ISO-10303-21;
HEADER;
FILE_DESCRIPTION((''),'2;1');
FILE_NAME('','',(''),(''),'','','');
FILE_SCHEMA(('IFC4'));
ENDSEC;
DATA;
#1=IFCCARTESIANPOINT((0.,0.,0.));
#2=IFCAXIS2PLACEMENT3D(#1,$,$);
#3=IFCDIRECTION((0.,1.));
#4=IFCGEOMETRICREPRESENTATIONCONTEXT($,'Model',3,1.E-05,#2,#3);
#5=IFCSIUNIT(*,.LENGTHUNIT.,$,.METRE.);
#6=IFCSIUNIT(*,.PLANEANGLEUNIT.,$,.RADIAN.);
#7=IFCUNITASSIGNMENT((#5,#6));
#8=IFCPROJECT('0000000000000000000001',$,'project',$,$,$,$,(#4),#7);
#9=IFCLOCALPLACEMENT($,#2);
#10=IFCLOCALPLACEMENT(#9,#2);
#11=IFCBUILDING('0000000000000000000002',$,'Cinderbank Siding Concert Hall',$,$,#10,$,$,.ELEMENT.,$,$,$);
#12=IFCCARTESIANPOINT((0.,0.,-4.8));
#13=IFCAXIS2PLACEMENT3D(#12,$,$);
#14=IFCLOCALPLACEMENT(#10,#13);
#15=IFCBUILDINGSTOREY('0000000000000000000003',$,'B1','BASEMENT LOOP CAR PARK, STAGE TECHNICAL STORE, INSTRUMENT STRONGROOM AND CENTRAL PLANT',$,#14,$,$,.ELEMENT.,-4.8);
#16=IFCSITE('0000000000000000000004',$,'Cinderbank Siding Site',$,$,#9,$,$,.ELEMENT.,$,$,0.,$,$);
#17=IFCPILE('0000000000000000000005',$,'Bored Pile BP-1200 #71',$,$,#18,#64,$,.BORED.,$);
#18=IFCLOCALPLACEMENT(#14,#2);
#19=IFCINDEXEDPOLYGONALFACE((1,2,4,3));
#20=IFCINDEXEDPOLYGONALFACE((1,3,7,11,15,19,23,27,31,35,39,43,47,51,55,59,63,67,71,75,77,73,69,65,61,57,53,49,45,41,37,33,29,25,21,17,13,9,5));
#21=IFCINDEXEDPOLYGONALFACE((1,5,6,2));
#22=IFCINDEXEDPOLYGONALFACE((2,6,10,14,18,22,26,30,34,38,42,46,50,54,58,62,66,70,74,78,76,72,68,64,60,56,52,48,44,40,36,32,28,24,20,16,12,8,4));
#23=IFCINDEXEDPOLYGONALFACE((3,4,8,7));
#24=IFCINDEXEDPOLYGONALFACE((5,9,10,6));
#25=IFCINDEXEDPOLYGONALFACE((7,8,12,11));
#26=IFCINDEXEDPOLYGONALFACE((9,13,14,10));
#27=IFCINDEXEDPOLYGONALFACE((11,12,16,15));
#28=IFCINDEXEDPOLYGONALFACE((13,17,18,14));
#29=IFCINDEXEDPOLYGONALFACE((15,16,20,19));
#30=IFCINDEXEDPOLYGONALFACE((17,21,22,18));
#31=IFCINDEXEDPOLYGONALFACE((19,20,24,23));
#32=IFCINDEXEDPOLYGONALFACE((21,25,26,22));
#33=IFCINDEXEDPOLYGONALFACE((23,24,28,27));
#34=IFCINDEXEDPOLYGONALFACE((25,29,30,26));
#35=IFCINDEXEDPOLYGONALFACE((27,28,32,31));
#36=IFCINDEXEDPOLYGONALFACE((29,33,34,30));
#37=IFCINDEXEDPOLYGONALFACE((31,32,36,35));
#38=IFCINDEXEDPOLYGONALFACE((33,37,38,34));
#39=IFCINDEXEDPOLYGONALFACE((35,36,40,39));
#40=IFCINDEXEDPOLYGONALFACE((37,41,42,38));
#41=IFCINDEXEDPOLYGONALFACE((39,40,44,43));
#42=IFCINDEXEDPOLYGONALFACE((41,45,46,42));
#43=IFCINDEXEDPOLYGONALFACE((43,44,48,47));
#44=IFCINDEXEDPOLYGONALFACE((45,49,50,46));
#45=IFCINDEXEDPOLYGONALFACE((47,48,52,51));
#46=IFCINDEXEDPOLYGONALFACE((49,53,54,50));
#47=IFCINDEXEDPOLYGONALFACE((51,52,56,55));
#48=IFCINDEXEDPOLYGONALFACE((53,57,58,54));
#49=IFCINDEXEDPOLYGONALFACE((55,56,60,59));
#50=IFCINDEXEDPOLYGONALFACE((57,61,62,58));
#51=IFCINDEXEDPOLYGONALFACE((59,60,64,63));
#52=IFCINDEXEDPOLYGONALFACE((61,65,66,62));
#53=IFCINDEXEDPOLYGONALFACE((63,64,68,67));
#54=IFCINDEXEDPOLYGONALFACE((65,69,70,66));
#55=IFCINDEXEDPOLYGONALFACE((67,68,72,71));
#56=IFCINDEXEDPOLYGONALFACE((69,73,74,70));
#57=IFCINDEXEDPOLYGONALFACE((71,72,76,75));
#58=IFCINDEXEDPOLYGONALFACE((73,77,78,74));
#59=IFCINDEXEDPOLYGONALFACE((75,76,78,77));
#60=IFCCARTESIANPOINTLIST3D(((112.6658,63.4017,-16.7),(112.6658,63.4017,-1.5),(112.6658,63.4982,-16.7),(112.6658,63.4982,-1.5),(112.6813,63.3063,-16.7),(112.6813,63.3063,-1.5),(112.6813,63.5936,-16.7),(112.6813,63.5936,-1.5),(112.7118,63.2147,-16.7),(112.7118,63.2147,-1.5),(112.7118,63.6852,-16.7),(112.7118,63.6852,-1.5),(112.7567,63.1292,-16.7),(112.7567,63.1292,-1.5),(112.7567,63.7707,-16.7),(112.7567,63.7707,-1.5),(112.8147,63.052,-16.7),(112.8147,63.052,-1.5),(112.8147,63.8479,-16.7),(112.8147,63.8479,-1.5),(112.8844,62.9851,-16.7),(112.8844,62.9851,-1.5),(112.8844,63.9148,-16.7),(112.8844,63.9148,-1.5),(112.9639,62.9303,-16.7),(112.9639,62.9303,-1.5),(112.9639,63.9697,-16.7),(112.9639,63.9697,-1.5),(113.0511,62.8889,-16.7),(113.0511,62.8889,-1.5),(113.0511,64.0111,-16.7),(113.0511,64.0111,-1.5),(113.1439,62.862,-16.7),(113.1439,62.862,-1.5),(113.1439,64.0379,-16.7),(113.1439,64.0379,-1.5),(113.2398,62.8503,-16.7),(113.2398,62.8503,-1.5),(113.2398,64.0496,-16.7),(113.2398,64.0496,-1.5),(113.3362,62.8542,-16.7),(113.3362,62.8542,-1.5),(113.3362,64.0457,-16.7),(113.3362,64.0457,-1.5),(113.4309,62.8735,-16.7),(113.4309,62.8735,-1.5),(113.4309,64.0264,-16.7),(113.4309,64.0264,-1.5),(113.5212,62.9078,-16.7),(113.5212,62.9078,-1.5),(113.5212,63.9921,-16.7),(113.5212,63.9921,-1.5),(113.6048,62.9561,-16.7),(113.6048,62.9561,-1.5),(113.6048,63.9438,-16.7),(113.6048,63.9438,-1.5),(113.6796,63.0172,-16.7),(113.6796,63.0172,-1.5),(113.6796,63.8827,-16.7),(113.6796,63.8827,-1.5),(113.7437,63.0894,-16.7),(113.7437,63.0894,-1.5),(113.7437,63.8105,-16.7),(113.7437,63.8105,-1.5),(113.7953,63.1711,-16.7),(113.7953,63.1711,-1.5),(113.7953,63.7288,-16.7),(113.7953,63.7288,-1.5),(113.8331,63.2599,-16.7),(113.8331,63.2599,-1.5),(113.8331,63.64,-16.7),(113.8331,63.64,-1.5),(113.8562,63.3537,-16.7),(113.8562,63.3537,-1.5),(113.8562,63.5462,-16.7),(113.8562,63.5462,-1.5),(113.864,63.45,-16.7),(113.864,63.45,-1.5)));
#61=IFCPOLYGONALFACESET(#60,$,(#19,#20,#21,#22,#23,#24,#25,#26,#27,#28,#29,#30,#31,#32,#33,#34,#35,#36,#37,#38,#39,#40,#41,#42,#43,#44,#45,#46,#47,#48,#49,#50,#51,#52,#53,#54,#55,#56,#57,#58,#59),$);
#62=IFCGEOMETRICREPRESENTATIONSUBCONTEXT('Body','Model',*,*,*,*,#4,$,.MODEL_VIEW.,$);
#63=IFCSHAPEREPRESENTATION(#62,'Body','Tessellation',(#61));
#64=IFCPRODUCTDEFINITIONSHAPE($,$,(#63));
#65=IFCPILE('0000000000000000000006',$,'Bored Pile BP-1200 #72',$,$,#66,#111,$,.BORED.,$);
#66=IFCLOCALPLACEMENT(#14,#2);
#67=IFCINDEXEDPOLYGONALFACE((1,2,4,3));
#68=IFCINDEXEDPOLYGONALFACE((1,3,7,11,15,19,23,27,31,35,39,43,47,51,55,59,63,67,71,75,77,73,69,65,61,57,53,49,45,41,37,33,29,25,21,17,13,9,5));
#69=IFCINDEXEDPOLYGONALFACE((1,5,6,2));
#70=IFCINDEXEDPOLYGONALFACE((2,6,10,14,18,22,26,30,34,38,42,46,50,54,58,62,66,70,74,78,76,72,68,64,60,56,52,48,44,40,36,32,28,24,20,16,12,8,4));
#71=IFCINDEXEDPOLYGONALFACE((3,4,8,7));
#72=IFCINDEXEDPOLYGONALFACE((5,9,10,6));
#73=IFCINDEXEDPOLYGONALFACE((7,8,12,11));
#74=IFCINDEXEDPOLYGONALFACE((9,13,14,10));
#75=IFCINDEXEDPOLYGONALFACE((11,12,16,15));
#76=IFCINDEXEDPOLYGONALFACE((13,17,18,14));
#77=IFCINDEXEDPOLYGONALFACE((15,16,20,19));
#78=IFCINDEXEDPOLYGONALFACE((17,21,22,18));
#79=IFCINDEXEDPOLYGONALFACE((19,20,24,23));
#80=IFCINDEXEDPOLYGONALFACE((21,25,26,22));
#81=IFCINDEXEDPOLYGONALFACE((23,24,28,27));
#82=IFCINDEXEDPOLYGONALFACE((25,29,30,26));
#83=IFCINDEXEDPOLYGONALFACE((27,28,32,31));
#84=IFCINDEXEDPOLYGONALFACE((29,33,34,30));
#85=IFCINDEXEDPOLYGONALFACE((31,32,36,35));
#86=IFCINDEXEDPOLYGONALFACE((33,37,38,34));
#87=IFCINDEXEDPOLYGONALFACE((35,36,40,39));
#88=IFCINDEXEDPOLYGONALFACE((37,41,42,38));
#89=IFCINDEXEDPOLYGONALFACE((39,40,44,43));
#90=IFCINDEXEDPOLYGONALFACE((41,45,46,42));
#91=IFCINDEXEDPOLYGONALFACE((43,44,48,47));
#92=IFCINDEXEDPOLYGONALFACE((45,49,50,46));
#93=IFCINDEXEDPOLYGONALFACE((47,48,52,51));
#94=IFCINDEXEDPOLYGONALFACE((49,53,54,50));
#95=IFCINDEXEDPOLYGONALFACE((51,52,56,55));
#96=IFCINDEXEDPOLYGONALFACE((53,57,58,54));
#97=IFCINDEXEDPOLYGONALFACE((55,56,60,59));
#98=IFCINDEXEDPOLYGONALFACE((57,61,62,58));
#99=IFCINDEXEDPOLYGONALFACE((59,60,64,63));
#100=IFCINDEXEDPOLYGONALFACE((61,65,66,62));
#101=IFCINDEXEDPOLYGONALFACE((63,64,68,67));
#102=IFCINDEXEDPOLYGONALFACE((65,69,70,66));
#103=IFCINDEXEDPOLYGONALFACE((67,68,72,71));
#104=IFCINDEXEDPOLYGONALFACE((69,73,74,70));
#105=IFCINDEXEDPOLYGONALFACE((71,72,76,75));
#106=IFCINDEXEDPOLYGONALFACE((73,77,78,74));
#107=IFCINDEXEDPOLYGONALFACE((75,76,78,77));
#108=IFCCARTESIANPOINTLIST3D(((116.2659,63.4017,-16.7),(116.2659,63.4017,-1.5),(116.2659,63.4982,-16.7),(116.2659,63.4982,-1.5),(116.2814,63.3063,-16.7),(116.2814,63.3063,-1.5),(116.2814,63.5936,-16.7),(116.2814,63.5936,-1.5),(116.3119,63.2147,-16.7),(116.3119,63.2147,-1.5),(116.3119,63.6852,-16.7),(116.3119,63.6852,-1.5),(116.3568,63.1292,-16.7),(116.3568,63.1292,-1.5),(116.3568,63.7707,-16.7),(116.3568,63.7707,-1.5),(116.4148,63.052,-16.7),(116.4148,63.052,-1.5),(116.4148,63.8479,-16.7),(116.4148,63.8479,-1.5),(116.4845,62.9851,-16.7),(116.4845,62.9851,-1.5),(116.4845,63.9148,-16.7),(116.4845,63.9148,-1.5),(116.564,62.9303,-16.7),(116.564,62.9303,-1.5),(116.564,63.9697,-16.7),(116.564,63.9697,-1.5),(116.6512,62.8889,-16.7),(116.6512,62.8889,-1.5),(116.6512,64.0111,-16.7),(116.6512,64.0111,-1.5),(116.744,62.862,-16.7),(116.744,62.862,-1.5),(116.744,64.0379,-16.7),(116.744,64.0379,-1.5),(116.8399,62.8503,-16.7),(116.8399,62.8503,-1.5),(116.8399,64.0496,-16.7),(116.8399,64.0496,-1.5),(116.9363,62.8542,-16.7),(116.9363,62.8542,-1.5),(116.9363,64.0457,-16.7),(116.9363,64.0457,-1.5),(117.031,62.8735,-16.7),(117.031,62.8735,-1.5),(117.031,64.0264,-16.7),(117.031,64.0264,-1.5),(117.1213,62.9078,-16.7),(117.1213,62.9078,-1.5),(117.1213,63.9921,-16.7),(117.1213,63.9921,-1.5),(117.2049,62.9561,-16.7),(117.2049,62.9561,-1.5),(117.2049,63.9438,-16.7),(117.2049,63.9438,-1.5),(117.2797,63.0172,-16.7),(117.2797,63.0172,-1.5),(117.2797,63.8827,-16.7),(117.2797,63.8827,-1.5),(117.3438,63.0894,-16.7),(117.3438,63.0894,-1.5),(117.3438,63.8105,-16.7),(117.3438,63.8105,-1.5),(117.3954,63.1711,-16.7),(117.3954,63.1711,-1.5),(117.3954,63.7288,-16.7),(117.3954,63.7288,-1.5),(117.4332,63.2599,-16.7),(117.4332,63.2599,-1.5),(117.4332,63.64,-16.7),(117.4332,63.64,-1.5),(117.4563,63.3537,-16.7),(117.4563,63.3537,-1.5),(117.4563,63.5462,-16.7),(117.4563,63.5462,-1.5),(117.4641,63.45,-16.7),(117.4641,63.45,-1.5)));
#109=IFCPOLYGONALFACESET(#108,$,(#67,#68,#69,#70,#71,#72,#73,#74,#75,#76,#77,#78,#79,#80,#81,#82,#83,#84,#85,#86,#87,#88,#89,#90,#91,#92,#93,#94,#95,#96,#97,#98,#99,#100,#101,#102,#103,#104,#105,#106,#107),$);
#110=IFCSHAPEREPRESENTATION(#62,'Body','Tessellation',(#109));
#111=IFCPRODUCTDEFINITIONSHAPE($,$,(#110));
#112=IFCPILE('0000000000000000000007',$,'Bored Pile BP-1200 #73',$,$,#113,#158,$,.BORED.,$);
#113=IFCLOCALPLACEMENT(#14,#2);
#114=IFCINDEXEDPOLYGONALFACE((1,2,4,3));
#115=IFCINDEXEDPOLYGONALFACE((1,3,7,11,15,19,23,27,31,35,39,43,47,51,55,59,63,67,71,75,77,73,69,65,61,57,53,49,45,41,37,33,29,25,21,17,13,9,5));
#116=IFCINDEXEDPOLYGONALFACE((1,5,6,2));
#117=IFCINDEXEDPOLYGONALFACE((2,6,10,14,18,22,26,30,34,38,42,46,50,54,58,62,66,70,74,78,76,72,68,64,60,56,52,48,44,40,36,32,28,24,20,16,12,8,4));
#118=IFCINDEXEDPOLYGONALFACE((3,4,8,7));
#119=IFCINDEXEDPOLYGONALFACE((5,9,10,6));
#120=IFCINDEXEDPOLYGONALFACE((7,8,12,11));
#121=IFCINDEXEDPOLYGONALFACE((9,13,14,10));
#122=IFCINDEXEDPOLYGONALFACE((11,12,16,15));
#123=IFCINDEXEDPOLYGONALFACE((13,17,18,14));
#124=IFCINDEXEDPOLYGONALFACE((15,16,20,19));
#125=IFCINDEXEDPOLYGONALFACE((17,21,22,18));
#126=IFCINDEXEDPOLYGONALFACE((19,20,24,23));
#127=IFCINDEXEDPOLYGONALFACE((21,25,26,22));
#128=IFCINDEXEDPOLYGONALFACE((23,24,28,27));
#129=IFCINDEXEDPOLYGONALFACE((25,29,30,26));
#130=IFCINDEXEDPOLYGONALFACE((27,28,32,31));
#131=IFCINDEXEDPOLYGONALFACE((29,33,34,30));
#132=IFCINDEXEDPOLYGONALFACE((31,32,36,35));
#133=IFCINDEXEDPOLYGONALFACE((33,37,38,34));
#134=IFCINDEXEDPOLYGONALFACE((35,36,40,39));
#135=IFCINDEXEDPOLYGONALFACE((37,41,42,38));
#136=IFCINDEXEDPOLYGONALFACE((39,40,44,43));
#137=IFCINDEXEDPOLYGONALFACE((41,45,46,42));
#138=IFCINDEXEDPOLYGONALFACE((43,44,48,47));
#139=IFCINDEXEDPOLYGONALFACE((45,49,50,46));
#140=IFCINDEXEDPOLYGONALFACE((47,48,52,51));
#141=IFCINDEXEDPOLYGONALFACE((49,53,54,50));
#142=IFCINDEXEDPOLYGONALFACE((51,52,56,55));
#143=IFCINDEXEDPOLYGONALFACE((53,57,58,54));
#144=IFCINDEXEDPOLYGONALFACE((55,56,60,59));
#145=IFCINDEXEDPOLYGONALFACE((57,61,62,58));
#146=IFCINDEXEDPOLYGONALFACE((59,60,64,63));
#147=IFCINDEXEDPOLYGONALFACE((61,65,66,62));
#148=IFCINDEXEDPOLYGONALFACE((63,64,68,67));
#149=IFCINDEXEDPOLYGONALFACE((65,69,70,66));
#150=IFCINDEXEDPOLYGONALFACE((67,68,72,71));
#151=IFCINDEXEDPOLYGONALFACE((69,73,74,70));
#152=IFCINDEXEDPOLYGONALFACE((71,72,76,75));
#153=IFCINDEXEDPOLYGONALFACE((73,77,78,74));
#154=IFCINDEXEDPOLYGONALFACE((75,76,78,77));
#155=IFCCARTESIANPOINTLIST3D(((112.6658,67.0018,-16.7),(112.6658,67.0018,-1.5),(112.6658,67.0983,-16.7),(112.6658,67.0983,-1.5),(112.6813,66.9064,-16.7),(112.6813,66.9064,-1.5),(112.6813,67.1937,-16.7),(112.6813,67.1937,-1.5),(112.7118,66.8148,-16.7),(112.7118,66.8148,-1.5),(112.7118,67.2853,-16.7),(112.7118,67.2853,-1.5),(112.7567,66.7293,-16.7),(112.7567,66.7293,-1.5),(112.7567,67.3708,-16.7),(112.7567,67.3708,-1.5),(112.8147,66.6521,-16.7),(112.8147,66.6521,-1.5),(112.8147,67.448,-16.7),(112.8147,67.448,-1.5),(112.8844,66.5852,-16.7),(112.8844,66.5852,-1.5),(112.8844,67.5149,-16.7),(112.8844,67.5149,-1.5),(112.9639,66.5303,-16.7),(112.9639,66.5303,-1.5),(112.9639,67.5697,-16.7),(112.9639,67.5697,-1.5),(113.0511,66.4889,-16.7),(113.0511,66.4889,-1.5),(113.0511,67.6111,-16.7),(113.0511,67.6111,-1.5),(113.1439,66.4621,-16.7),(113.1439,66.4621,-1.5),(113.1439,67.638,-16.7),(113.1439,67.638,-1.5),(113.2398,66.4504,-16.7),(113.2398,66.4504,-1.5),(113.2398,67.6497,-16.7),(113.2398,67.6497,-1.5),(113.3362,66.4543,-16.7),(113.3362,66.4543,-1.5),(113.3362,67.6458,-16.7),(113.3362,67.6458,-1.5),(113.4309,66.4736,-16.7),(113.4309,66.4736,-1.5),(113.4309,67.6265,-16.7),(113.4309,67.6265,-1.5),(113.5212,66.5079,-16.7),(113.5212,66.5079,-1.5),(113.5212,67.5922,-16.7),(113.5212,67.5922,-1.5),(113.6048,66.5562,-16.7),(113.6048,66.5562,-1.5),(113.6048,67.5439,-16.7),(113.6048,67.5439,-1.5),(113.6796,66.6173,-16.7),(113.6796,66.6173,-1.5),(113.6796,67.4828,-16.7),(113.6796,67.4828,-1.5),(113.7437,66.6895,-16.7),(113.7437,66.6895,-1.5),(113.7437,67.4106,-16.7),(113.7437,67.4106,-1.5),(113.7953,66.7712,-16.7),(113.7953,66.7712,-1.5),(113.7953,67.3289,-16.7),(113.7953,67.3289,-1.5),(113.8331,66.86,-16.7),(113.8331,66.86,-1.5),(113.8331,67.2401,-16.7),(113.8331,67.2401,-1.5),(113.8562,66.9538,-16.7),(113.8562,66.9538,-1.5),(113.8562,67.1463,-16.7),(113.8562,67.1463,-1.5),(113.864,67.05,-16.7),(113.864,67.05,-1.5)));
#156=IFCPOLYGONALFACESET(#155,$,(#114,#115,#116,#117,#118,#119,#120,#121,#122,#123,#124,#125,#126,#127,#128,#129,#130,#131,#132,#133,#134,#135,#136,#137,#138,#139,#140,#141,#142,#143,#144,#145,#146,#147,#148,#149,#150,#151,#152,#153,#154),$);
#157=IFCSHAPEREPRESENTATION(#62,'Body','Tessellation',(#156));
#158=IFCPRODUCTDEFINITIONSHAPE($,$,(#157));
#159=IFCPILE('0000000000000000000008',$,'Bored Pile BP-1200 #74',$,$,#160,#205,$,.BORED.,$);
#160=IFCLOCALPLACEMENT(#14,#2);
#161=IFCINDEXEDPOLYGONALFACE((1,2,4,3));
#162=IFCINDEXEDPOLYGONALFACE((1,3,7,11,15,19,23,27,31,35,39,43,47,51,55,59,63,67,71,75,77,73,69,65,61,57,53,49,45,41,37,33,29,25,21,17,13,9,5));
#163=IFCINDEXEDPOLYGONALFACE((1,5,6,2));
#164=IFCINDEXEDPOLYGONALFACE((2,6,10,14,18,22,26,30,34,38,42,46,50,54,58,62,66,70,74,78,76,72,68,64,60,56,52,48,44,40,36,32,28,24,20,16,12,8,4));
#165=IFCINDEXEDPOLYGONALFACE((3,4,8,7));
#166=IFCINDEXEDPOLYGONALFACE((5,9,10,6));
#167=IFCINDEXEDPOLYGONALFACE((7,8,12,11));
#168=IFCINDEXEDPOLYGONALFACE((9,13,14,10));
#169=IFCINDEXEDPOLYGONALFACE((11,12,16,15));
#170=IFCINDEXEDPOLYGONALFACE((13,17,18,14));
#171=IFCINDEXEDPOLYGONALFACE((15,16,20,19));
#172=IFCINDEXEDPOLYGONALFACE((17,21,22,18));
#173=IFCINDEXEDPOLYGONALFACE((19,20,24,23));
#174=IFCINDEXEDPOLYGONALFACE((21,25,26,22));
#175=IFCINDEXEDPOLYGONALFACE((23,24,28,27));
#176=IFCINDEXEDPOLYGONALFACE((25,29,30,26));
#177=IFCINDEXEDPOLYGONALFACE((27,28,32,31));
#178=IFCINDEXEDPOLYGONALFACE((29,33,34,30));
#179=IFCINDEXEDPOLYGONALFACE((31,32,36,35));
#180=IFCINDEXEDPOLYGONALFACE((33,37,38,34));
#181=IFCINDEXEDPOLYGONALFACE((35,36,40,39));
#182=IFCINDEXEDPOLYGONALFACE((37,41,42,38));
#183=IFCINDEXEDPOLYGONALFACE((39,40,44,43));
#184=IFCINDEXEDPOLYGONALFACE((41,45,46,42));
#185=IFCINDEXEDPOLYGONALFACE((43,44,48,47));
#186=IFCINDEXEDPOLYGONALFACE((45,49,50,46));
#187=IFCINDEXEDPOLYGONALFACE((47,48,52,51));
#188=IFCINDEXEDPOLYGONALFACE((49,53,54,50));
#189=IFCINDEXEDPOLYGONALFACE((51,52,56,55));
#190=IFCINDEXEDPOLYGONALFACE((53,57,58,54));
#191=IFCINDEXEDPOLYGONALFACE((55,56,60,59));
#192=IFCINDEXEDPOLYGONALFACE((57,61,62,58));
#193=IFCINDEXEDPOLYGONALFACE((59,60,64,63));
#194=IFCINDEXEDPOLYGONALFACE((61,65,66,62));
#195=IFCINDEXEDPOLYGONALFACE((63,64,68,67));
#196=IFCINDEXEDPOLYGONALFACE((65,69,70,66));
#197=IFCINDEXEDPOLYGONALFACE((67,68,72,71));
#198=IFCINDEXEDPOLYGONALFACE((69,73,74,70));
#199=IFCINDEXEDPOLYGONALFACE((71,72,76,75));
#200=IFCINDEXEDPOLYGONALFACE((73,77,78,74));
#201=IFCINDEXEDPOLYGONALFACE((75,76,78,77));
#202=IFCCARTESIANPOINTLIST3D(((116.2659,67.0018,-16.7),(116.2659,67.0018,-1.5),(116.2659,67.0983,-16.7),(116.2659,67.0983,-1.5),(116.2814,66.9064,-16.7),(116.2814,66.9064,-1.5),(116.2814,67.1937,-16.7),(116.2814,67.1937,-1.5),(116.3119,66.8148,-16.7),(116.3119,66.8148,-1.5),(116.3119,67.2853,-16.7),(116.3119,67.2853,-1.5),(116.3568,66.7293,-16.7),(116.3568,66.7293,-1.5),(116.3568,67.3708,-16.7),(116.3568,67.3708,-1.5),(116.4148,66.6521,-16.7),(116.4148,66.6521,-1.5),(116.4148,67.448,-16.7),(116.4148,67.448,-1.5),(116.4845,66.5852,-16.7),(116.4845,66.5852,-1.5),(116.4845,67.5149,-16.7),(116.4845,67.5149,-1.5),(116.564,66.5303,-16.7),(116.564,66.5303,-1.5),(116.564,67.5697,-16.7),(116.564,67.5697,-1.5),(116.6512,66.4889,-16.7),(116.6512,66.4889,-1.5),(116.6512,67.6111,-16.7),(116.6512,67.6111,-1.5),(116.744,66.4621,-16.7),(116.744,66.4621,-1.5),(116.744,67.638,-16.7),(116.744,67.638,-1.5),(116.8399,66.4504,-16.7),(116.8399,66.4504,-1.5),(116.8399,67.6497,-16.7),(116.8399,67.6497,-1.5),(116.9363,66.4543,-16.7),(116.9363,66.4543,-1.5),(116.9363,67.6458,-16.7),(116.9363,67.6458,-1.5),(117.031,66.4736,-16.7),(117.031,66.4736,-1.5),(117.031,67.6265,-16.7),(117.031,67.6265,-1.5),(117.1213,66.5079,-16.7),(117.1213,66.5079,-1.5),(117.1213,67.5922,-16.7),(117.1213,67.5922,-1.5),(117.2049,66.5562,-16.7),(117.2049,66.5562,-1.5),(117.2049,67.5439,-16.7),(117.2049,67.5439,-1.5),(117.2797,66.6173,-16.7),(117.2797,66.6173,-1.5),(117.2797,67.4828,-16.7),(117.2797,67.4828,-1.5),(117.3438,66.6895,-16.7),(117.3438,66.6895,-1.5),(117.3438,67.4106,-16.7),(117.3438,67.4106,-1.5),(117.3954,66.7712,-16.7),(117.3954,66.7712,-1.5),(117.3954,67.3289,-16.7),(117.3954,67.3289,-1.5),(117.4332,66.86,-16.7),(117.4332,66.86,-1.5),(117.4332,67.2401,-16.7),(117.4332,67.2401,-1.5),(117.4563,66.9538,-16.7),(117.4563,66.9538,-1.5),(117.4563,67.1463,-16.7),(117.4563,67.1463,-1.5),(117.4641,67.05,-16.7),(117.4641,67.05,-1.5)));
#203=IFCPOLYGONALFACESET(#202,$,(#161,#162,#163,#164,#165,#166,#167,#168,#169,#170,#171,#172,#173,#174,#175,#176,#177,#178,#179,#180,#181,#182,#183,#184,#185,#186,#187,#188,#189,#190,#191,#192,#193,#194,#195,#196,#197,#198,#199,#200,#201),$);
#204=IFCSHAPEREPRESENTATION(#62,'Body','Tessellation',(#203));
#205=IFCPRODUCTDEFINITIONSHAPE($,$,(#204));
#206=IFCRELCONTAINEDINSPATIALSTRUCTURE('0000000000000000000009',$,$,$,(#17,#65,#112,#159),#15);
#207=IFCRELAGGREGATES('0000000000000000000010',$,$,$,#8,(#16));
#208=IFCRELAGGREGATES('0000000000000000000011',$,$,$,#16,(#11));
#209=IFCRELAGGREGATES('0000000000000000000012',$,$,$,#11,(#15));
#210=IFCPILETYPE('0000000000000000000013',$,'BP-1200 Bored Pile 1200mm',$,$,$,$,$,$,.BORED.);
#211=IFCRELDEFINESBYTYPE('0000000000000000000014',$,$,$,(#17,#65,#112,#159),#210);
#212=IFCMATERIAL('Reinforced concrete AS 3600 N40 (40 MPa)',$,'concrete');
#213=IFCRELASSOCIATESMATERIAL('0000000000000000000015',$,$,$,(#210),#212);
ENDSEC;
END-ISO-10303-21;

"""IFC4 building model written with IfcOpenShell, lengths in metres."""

from ifc_helpers import new_model, si_unit, direction, frame, origin, origin_2d, place, context, subcontext, project, spatial, circle, extrude, material, material_profile, profile_set, type_object, element, save


model = new_model("IFC4")

# Units and contexts
model_context = context("Model", 3, precision=1e-05, world=origin(), true_north=direction((0.0, 1.0)))
body_context = subcontext(model_context, "Body", "Model", "MODEL_VIEW")
ifc_project = project(units=[si_unit("LENGTHUNIT", "METRE"), si_unit("PLANEANGLEUNIT", "RADIAN")], contexts=[model_context])

# Site, building, storey
site_placement = place(None, origin())
site = spatial("IfcSite", under=ifc_project, at=site_placement, Name="Cinderbank Siding Site", CompositionType="ELEMENT", RefElevation=0.0)
building_placement = place(site_placement, origin())
building = spatial("IfcBuilding", under=site, at=building_placement, Name="Cinderbank Siding Concert Hall", CompositionType="ELEMENT")
storey_placement = place(building_placement, frame((0.0, 0.0, -4.8)))
storey = spatial("IfcBuildingStorey", under=building, at=storey_placement, Name="B1", Description="BASEMENT LOOP CAR PARK, STAGE TECHNICAL STORE, INSTRUMENT STRONGROOM AND CENTRAL PLANT", CompositionType="ELEMENT", Elevation=-4.8)

# Piles
ifc_material_1 = material(Name="Reinforced concrete AS 3600 N40 (40 MPa)", Category="concrete")
ifc_material_profile_1 = material_profile(ifc_material_1, circle(Radius=0.6001, at=origin_2d()), Name="PILE-1200DIA", Category="LoadBearing")
ifc_profile_set_1 = profile_set([ifc_material_profile_1], Name="Reinforced concrete AS 3600 N40 (40 MPa)")
pile_type = type_object("IfcPileType", Name="BP-1200 Bored Pile 1200mm", PredefinedType="BORED", material=ifc_profile_set_1)
for number, where, z_axis, x_axis, name in (
    (1, (113.2639, 63.45, -1.5), (0.0, 0.0, -1.0), (1.0, 0.0, 0.0), "Bored Pile BP-1200 #71"),
    (2, (116.864, 63.45, -1.5), (0.0, 0.0, -1.0), (1.0, 0.0, 0.0), "Bored Pile BP-1200 #72"),
    (3, (113.2639, 67.05, -1.5), (0.0, 0.0, -1.0), (1.0, 0.0, 0.0), "Bored Pile BP-1200 #73"),
    (4, (116.864, 67.05, -1.5), (0.0, 0.0, -1.0), (1.0, 0.0, 0.0), "Bored Pile BP-1200 #74"),
):
    element("IfcPile", number, at=place(storey_placement, frame(where, z_axis=z_axis, x_axis=x_axis)), inside=storey, type_object=pile_type, Name=name, PredefinedType="BORED", context=body_context, shape_type="SweptSolid", body=[
        extrude(circle(Radius=0.6001, at=origin_2d()), origin(), (0.0, 0.0, 1.0), 15.2),
    ])

save(model, "model.ifc")
